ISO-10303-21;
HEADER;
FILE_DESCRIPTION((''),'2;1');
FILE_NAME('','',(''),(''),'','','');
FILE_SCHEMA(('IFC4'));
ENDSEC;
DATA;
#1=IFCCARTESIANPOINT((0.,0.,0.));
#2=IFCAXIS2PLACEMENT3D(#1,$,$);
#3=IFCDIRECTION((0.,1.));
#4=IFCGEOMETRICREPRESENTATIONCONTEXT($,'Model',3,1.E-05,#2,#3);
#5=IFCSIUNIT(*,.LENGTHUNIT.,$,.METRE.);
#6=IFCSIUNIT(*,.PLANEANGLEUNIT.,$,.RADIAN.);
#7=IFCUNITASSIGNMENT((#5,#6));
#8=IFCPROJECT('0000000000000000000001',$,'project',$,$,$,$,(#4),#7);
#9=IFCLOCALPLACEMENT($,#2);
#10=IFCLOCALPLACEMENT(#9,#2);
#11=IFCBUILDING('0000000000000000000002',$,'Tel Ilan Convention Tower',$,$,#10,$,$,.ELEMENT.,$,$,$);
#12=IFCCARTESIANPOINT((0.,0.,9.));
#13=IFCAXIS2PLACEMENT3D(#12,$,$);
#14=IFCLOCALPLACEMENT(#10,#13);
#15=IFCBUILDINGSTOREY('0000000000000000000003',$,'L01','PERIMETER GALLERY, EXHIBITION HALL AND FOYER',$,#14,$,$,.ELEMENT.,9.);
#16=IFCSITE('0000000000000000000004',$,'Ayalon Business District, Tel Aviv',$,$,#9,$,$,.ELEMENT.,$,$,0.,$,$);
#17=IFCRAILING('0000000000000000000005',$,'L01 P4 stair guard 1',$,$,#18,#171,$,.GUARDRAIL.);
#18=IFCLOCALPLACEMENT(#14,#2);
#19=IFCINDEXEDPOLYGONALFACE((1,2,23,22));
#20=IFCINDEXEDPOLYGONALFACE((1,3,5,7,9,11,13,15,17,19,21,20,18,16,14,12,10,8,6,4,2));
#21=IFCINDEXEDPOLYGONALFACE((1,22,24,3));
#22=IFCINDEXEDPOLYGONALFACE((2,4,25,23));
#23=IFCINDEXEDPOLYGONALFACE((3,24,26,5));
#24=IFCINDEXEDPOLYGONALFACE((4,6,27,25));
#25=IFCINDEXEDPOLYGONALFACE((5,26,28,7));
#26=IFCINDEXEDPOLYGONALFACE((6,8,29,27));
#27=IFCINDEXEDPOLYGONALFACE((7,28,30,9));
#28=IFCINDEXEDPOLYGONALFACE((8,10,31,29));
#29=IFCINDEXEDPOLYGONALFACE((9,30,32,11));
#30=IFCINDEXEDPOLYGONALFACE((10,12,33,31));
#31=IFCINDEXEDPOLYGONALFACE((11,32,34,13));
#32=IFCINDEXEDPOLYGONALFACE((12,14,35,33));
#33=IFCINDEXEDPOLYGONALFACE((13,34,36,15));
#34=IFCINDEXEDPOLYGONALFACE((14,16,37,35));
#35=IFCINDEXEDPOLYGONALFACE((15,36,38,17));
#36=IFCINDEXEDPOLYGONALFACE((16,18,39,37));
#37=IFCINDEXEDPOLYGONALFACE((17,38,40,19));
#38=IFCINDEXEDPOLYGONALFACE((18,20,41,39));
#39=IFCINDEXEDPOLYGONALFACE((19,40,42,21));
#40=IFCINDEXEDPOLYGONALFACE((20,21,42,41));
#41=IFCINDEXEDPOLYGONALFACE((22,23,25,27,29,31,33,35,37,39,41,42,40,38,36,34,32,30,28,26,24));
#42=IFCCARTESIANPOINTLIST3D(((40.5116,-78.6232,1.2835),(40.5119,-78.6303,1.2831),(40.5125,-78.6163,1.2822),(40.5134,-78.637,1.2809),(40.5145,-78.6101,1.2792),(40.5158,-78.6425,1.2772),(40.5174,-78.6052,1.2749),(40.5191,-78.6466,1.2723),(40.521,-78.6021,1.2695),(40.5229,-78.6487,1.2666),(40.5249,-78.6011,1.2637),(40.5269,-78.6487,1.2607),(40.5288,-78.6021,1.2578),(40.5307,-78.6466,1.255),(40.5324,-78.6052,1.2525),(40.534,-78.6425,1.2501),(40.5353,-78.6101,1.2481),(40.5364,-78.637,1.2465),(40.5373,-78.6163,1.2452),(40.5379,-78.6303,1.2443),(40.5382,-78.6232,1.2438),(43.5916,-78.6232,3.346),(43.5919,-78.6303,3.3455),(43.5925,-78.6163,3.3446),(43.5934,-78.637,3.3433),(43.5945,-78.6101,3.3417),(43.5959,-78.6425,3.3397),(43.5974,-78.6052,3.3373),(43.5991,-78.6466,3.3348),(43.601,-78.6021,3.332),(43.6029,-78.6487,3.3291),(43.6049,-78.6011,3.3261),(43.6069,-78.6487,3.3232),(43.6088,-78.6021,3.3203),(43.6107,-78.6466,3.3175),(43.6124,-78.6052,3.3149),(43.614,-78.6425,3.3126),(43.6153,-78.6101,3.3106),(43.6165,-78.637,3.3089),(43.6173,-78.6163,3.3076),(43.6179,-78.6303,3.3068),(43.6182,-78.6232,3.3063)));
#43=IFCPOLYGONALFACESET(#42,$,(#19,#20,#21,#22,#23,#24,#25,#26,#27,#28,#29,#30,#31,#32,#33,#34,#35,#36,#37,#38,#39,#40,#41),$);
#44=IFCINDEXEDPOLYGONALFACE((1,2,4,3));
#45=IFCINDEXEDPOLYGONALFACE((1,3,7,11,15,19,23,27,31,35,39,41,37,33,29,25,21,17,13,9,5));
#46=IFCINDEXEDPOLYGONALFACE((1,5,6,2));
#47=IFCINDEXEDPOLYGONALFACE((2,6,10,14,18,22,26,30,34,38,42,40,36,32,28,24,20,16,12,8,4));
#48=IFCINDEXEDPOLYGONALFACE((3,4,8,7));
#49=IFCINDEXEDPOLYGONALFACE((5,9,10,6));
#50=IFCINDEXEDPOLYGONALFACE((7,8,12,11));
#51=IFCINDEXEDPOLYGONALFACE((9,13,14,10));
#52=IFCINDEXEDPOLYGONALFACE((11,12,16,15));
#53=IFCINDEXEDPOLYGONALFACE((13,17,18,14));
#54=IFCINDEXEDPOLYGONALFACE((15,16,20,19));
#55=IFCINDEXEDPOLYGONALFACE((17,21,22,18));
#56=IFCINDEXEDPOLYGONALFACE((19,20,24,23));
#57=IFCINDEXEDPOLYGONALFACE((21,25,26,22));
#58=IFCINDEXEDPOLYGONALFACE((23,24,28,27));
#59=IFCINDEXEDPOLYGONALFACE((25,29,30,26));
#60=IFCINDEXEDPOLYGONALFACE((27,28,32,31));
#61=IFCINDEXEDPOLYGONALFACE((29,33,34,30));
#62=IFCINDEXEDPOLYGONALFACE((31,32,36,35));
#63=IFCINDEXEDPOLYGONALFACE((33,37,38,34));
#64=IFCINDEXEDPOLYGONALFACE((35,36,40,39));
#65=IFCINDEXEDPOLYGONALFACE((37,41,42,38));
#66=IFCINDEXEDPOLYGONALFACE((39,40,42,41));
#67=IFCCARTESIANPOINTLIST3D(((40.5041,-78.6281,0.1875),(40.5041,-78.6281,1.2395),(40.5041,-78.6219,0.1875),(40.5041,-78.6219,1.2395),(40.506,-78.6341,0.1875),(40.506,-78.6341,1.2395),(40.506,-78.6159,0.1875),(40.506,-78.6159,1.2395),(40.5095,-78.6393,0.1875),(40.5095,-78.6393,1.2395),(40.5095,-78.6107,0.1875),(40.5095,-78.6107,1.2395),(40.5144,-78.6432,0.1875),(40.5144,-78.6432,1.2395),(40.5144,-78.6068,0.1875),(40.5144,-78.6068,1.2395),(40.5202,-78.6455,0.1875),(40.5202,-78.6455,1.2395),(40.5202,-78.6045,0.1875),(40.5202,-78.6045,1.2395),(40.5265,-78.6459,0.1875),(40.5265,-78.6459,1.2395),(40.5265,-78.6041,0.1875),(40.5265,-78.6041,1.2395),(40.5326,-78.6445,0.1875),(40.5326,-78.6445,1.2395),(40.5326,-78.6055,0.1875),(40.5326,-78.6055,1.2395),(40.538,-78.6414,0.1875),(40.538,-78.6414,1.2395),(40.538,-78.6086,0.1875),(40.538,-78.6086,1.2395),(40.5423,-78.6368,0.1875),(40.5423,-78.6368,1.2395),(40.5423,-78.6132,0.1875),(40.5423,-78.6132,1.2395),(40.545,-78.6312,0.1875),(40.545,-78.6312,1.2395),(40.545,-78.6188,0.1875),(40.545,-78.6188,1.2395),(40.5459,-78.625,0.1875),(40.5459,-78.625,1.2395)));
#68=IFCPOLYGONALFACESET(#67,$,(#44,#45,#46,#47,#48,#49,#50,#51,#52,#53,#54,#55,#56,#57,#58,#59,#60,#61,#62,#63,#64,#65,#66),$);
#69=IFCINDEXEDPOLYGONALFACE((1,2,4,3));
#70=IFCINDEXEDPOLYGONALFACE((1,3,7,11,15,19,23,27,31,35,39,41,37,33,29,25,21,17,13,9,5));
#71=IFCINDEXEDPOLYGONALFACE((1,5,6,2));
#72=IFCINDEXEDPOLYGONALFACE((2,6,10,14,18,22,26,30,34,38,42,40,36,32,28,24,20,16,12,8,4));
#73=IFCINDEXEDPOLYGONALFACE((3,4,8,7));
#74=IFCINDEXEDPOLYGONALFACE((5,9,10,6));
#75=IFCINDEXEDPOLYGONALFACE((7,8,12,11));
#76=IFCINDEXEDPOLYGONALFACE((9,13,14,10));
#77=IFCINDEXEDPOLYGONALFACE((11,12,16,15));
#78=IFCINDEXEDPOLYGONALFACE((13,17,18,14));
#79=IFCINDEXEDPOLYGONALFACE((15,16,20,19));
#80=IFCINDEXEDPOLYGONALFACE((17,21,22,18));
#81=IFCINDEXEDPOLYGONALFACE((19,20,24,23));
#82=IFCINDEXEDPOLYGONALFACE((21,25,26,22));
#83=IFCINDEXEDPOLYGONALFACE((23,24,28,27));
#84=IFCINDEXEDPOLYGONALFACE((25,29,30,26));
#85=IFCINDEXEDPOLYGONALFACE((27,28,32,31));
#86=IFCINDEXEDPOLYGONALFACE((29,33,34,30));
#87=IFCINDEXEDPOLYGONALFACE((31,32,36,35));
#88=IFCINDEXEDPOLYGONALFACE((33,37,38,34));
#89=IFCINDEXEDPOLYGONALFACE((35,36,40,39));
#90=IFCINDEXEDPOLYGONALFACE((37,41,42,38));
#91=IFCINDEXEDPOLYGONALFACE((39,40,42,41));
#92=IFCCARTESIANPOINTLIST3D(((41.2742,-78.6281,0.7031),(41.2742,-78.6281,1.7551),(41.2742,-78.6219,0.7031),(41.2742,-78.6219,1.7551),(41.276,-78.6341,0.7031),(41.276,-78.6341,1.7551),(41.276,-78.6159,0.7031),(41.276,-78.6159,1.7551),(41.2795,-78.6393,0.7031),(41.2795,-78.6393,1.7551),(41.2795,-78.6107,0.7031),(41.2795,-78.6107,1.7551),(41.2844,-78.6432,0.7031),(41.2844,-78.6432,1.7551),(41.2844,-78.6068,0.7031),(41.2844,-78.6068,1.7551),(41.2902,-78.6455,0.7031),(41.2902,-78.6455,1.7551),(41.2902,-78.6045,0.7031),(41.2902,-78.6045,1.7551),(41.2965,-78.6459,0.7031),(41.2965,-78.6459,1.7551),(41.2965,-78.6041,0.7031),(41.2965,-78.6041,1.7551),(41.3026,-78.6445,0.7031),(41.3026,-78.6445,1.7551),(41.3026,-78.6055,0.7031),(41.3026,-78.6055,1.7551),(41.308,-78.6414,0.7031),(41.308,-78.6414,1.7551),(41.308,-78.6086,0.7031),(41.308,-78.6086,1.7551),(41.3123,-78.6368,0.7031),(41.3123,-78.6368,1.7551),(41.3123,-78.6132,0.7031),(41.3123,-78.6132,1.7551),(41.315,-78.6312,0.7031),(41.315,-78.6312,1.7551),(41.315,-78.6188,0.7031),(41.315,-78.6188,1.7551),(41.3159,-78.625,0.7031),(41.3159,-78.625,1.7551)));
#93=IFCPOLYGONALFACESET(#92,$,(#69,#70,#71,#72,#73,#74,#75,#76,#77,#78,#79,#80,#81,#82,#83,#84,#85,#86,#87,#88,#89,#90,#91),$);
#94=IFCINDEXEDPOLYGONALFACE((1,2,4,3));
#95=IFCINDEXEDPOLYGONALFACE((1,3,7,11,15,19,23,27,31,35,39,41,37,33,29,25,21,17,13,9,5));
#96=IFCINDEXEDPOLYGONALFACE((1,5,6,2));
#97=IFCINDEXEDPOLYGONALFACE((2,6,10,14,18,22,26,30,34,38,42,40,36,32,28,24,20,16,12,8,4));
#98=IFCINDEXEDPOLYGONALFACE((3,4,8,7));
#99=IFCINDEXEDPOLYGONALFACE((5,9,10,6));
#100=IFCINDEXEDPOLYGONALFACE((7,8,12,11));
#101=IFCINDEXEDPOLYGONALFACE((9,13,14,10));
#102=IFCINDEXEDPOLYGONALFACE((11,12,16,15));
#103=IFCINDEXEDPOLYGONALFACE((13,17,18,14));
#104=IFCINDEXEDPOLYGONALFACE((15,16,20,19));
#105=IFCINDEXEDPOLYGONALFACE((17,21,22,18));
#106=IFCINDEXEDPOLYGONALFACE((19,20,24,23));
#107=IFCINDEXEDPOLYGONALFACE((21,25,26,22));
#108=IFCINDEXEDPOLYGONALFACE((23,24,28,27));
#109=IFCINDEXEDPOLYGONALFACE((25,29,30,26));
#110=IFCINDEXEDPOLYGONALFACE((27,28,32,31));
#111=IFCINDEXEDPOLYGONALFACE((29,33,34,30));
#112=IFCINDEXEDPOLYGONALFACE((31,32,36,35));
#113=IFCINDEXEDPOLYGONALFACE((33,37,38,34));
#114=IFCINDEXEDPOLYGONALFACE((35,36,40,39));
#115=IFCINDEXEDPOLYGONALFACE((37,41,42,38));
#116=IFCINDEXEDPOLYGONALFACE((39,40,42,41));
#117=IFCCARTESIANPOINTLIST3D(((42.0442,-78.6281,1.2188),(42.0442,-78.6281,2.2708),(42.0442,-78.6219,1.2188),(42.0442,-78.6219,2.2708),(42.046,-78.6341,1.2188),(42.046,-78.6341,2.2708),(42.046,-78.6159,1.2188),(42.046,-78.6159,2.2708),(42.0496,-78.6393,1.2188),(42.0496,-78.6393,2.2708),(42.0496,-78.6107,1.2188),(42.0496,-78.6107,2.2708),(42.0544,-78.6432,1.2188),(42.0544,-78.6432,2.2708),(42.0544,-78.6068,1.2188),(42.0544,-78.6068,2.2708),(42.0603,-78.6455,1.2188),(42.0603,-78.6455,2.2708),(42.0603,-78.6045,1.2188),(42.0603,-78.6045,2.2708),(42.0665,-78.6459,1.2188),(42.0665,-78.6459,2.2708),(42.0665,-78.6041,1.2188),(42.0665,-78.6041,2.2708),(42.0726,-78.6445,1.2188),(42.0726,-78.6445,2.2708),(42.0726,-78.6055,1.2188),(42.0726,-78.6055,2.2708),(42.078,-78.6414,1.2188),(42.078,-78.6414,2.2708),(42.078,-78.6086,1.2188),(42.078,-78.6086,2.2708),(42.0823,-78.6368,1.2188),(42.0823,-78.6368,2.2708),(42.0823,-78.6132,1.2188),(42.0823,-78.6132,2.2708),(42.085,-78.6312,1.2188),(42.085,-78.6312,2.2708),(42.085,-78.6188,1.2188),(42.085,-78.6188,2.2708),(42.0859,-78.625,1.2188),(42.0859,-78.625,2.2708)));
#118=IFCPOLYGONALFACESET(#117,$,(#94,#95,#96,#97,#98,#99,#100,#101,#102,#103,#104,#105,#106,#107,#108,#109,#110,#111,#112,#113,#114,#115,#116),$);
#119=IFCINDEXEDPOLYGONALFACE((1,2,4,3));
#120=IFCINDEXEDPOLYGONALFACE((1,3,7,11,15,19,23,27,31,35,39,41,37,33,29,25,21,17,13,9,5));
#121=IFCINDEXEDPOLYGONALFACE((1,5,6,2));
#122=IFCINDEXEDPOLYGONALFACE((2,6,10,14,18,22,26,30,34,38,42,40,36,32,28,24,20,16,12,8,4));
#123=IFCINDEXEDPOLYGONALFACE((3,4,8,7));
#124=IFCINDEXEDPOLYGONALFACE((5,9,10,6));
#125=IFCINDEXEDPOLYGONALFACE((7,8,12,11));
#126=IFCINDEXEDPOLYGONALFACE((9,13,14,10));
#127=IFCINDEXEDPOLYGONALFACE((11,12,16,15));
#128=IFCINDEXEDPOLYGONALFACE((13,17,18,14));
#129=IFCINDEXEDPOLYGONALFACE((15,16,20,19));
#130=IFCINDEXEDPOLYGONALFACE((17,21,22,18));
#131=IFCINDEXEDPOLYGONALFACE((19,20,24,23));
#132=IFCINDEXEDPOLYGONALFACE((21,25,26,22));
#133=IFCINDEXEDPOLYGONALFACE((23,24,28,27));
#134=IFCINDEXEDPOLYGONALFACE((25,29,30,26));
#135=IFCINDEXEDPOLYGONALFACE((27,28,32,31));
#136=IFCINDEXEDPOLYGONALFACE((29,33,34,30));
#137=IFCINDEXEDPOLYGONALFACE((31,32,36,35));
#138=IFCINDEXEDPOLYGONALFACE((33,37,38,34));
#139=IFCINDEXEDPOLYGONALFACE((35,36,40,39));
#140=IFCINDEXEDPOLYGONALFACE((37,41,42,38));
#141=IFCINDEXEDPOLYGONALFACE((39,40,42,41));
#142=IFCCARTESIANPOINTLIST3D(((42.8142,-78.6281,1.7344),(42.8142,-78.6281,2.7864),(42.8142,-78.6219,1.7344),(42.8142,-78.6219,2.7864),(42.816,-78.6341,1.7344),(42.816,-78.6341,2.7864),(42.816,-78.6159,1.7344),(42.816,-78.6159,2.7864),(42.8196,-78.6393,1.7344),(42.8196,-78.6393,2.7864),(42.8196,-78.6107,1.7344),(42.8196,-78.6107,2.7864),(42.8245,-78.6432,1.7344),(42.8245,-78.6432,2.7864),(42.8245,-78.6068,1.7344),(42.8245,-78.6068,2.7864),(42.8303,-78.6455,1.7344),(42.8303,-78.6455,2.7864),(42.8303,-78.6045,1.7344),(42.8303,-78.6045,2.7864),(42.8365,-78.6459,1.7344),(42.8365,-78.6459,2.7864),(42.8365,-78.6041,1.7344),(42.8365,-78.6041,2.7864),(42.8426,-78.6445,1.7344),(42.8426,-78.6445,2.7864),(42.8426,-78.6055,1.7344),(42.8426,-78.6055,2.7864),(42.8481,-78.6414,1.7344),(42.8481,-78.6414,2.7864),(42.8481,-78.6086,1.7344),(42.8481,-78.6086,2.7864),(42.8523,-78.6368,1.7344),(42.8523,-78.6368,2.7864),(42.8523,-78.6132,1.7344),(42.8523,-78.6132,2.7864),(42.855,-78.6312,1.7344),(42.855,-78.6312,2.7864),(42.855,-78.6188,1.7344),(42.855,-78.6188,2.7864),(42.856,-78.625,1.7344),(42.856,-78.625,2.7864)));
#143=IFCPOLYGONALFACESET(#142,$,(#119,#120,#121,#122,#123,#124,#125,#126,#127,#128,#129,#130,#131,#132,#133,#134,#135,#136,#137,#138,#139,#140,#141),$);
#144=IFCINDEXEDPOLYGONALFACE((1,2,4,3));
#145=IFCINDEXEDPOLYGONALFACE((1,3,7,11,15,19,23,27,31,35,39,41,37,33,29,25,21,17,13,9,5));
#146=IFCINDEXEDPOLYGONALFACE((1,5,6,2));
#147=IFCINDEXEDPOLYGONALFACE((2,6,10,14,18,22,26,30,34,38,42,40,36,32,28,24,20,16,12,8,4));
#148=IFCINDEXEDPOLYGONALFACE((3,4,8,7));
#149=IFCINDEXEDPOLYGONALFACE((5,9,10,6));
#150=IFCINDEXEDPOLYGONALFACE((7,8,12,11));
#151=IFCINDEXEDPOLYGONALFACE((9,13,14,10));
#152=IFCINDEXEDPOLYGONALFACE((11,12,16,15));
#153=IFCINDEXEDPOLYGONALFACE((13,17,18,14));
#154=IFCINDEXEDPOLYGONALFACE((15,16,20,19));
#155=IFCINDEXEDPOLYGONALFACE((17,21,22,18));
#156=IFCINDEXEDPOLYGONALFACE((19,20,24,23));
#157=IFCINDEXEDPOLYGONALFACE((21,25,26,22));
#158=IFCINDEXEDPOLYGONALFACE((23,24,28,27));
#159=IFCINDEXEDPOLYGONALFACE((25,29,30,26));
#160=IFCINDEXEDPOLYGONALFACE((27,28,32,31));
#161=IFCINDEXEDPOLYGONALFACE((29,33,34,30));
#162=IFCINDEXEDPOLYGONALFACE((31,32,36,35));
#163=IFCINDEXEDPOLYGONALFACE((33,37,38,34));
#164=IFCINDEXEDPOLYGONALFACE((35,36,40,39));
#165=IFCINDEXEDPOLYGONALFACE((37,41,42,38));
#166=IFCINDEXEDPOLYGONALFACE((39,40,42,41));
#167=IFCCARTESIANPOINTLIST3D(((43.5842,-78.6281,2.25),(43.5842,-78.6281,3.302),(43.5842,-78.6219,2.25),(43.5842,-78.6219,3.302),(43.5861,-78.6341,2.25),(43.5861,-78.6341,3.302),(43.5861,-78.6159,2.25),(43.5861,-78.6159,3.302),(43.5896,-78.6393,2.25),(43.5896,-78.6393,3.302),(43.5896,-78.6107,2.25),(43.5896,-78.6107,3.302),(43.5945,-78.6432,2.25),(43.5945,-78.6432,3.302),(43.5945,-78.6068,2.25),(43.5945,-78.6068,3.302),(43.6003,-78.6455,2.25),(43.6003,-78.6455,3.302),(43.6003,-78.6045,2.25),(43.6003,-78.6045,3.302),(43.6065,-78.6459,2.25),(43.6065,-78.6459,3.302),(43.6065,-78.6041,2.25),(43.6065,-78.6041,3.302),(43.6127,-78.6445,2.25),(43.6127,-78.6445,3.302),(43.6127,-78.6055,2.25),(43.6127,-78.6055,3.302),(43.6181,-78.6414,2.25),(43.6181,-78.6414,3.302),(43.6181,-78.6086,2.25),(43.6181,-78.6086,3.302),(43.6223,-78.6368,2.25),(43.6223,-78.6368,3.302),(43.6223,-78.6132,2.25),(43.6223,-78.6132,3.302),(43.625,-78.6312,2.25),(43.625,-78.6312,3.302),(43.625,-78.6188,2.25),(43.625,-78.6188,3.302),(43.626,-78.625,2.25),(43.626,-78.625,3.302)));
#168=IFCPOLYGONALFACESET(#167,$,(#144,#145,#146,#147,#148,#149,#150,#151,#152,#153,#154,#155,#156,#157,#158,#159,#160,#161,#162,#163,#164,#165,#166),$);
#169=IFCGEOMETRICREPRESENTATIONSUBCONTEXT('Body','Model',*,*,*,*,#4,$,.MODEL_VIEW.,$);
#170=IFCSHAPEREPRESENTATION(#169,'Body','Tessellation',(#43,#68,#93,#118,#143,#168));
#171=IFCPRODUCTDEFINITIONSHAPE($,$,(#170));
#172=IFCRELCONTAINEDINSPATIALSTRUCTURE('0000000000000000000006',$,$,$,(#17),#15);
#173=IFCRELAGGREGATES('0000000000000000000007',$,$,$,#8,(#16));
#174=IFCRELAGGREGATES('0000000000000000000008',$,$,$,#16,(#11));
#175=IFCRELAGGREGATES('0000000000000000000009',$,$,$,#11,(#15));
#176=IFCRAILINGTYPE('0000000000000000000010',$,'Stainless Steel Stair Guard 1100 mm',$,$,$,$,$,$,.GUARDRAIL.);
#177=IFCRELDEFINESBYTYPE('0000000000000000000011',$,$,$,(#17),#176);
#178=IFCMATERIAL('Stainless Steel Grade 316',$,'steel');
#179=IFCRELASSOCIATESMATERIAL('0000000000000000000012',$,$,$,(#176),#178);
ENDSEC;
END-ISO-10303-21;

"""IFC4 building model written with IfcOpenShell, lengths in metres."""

from ifc_helpers import new_model, si_unit, direction, frame, origin, origin_2d, place, context, subcontext, project, spatial, circle, extrude, material, type_object, element, save


model = new_model("IFC4")

# Units and contexts
model_context = context("Model", 3, precision=1e-05, world=origin(), true_north=direction((0.0, 1.0)))
body_context = subcontext(model_context, "Body", "Model", "MODEL_VIEW")
ifc_project = project(units=[si_unit("LENGTHUNIT", "METRE"), si_unit("PLANEANGLEUNIT", "RADIAN")], contexts=[model_context])

# Site, building, storey
site_placement = place(None, origin())
site = spatial("IfcSite", under=ifc_project, at=site_placement, Name="Ayalon Business District, Tel Aviv", CompositionType="ELEMENT", RefElevation=0.0)
building_placement = place(site_placement, origin())
building = spatial("IfcBuilding", under=site, at=building_placement, Name="Tel Ilan Convention Tower", CompositionType="ELEMENT")
storey_placement = place(building_placement, frame((0.0, 0.0, 9.0)))
storey = spatial("IfcBuildingStorey", under=building, at=storey_placement, Name="L01", Description="PERIMETER GALLERY, EXHIBITION HALL AND FOYER", CompositionType="ELEMENT", Elevation=9.0)

# Railing
ifc_material_1 = material(Name="Stainless Steel Grade 316", Category="steel")
railing_type_1 = type_object("IfcRailingType", Name="Stainless Steel Stair Guard 1100 mm", PredefinedType="GUARDRAIL", material=ifc_material_1)
railing_1_placement = place(storey_placement, frame((40.5249, -78.625, 0.1875)))
element("IfcRailing", 1, at=railing_1_placement, inside=storey, type_object=railing_type_1, Name="L01 P4 stair guard 1", PredefinedType="GUARDRAIL", context=body_context, shape_type="SweptSolid", body=[
    extrude(circle(Radius=0.0239, at=origin_2d()), frame((0.0, 0.0, 1.0762), z_axis=(0.830914, 0.0, 0.556401), x_axis=(0.0, 1.0, 0.0)), (0.0, 0.0, 1.0), 3.7068),
    extrude(circle(Radius=0.021, at=origin_2d()), origin(), (0.0, 0.0, 1.0), 1.052),
    extrude(circle(Radius=0.021, at=origin_2d()), frame((0.77, 0.0, 0.5156)), (0.0, 0.0, 1.0), 1.052),
    extrude(circle(Radius=0.021, at=origin_2d()), frame((1.54, 0.0, 1.0312)), (0.0, 0.0, 1.0), 1.052),
    extrude(circle(Radius=0.021, at=origin_2d()), frame((2.3101, 0.0, 1.5469)), (0.0, 0.0, 1.0), 1.052),
    extrude(circle(Radius=0.021, at=origin_2d()), frame((3.0801, 0.0, 2.0625)), (0.0, 0.0, 1.0), 1.052),
])

save(model, "model.ifc")
